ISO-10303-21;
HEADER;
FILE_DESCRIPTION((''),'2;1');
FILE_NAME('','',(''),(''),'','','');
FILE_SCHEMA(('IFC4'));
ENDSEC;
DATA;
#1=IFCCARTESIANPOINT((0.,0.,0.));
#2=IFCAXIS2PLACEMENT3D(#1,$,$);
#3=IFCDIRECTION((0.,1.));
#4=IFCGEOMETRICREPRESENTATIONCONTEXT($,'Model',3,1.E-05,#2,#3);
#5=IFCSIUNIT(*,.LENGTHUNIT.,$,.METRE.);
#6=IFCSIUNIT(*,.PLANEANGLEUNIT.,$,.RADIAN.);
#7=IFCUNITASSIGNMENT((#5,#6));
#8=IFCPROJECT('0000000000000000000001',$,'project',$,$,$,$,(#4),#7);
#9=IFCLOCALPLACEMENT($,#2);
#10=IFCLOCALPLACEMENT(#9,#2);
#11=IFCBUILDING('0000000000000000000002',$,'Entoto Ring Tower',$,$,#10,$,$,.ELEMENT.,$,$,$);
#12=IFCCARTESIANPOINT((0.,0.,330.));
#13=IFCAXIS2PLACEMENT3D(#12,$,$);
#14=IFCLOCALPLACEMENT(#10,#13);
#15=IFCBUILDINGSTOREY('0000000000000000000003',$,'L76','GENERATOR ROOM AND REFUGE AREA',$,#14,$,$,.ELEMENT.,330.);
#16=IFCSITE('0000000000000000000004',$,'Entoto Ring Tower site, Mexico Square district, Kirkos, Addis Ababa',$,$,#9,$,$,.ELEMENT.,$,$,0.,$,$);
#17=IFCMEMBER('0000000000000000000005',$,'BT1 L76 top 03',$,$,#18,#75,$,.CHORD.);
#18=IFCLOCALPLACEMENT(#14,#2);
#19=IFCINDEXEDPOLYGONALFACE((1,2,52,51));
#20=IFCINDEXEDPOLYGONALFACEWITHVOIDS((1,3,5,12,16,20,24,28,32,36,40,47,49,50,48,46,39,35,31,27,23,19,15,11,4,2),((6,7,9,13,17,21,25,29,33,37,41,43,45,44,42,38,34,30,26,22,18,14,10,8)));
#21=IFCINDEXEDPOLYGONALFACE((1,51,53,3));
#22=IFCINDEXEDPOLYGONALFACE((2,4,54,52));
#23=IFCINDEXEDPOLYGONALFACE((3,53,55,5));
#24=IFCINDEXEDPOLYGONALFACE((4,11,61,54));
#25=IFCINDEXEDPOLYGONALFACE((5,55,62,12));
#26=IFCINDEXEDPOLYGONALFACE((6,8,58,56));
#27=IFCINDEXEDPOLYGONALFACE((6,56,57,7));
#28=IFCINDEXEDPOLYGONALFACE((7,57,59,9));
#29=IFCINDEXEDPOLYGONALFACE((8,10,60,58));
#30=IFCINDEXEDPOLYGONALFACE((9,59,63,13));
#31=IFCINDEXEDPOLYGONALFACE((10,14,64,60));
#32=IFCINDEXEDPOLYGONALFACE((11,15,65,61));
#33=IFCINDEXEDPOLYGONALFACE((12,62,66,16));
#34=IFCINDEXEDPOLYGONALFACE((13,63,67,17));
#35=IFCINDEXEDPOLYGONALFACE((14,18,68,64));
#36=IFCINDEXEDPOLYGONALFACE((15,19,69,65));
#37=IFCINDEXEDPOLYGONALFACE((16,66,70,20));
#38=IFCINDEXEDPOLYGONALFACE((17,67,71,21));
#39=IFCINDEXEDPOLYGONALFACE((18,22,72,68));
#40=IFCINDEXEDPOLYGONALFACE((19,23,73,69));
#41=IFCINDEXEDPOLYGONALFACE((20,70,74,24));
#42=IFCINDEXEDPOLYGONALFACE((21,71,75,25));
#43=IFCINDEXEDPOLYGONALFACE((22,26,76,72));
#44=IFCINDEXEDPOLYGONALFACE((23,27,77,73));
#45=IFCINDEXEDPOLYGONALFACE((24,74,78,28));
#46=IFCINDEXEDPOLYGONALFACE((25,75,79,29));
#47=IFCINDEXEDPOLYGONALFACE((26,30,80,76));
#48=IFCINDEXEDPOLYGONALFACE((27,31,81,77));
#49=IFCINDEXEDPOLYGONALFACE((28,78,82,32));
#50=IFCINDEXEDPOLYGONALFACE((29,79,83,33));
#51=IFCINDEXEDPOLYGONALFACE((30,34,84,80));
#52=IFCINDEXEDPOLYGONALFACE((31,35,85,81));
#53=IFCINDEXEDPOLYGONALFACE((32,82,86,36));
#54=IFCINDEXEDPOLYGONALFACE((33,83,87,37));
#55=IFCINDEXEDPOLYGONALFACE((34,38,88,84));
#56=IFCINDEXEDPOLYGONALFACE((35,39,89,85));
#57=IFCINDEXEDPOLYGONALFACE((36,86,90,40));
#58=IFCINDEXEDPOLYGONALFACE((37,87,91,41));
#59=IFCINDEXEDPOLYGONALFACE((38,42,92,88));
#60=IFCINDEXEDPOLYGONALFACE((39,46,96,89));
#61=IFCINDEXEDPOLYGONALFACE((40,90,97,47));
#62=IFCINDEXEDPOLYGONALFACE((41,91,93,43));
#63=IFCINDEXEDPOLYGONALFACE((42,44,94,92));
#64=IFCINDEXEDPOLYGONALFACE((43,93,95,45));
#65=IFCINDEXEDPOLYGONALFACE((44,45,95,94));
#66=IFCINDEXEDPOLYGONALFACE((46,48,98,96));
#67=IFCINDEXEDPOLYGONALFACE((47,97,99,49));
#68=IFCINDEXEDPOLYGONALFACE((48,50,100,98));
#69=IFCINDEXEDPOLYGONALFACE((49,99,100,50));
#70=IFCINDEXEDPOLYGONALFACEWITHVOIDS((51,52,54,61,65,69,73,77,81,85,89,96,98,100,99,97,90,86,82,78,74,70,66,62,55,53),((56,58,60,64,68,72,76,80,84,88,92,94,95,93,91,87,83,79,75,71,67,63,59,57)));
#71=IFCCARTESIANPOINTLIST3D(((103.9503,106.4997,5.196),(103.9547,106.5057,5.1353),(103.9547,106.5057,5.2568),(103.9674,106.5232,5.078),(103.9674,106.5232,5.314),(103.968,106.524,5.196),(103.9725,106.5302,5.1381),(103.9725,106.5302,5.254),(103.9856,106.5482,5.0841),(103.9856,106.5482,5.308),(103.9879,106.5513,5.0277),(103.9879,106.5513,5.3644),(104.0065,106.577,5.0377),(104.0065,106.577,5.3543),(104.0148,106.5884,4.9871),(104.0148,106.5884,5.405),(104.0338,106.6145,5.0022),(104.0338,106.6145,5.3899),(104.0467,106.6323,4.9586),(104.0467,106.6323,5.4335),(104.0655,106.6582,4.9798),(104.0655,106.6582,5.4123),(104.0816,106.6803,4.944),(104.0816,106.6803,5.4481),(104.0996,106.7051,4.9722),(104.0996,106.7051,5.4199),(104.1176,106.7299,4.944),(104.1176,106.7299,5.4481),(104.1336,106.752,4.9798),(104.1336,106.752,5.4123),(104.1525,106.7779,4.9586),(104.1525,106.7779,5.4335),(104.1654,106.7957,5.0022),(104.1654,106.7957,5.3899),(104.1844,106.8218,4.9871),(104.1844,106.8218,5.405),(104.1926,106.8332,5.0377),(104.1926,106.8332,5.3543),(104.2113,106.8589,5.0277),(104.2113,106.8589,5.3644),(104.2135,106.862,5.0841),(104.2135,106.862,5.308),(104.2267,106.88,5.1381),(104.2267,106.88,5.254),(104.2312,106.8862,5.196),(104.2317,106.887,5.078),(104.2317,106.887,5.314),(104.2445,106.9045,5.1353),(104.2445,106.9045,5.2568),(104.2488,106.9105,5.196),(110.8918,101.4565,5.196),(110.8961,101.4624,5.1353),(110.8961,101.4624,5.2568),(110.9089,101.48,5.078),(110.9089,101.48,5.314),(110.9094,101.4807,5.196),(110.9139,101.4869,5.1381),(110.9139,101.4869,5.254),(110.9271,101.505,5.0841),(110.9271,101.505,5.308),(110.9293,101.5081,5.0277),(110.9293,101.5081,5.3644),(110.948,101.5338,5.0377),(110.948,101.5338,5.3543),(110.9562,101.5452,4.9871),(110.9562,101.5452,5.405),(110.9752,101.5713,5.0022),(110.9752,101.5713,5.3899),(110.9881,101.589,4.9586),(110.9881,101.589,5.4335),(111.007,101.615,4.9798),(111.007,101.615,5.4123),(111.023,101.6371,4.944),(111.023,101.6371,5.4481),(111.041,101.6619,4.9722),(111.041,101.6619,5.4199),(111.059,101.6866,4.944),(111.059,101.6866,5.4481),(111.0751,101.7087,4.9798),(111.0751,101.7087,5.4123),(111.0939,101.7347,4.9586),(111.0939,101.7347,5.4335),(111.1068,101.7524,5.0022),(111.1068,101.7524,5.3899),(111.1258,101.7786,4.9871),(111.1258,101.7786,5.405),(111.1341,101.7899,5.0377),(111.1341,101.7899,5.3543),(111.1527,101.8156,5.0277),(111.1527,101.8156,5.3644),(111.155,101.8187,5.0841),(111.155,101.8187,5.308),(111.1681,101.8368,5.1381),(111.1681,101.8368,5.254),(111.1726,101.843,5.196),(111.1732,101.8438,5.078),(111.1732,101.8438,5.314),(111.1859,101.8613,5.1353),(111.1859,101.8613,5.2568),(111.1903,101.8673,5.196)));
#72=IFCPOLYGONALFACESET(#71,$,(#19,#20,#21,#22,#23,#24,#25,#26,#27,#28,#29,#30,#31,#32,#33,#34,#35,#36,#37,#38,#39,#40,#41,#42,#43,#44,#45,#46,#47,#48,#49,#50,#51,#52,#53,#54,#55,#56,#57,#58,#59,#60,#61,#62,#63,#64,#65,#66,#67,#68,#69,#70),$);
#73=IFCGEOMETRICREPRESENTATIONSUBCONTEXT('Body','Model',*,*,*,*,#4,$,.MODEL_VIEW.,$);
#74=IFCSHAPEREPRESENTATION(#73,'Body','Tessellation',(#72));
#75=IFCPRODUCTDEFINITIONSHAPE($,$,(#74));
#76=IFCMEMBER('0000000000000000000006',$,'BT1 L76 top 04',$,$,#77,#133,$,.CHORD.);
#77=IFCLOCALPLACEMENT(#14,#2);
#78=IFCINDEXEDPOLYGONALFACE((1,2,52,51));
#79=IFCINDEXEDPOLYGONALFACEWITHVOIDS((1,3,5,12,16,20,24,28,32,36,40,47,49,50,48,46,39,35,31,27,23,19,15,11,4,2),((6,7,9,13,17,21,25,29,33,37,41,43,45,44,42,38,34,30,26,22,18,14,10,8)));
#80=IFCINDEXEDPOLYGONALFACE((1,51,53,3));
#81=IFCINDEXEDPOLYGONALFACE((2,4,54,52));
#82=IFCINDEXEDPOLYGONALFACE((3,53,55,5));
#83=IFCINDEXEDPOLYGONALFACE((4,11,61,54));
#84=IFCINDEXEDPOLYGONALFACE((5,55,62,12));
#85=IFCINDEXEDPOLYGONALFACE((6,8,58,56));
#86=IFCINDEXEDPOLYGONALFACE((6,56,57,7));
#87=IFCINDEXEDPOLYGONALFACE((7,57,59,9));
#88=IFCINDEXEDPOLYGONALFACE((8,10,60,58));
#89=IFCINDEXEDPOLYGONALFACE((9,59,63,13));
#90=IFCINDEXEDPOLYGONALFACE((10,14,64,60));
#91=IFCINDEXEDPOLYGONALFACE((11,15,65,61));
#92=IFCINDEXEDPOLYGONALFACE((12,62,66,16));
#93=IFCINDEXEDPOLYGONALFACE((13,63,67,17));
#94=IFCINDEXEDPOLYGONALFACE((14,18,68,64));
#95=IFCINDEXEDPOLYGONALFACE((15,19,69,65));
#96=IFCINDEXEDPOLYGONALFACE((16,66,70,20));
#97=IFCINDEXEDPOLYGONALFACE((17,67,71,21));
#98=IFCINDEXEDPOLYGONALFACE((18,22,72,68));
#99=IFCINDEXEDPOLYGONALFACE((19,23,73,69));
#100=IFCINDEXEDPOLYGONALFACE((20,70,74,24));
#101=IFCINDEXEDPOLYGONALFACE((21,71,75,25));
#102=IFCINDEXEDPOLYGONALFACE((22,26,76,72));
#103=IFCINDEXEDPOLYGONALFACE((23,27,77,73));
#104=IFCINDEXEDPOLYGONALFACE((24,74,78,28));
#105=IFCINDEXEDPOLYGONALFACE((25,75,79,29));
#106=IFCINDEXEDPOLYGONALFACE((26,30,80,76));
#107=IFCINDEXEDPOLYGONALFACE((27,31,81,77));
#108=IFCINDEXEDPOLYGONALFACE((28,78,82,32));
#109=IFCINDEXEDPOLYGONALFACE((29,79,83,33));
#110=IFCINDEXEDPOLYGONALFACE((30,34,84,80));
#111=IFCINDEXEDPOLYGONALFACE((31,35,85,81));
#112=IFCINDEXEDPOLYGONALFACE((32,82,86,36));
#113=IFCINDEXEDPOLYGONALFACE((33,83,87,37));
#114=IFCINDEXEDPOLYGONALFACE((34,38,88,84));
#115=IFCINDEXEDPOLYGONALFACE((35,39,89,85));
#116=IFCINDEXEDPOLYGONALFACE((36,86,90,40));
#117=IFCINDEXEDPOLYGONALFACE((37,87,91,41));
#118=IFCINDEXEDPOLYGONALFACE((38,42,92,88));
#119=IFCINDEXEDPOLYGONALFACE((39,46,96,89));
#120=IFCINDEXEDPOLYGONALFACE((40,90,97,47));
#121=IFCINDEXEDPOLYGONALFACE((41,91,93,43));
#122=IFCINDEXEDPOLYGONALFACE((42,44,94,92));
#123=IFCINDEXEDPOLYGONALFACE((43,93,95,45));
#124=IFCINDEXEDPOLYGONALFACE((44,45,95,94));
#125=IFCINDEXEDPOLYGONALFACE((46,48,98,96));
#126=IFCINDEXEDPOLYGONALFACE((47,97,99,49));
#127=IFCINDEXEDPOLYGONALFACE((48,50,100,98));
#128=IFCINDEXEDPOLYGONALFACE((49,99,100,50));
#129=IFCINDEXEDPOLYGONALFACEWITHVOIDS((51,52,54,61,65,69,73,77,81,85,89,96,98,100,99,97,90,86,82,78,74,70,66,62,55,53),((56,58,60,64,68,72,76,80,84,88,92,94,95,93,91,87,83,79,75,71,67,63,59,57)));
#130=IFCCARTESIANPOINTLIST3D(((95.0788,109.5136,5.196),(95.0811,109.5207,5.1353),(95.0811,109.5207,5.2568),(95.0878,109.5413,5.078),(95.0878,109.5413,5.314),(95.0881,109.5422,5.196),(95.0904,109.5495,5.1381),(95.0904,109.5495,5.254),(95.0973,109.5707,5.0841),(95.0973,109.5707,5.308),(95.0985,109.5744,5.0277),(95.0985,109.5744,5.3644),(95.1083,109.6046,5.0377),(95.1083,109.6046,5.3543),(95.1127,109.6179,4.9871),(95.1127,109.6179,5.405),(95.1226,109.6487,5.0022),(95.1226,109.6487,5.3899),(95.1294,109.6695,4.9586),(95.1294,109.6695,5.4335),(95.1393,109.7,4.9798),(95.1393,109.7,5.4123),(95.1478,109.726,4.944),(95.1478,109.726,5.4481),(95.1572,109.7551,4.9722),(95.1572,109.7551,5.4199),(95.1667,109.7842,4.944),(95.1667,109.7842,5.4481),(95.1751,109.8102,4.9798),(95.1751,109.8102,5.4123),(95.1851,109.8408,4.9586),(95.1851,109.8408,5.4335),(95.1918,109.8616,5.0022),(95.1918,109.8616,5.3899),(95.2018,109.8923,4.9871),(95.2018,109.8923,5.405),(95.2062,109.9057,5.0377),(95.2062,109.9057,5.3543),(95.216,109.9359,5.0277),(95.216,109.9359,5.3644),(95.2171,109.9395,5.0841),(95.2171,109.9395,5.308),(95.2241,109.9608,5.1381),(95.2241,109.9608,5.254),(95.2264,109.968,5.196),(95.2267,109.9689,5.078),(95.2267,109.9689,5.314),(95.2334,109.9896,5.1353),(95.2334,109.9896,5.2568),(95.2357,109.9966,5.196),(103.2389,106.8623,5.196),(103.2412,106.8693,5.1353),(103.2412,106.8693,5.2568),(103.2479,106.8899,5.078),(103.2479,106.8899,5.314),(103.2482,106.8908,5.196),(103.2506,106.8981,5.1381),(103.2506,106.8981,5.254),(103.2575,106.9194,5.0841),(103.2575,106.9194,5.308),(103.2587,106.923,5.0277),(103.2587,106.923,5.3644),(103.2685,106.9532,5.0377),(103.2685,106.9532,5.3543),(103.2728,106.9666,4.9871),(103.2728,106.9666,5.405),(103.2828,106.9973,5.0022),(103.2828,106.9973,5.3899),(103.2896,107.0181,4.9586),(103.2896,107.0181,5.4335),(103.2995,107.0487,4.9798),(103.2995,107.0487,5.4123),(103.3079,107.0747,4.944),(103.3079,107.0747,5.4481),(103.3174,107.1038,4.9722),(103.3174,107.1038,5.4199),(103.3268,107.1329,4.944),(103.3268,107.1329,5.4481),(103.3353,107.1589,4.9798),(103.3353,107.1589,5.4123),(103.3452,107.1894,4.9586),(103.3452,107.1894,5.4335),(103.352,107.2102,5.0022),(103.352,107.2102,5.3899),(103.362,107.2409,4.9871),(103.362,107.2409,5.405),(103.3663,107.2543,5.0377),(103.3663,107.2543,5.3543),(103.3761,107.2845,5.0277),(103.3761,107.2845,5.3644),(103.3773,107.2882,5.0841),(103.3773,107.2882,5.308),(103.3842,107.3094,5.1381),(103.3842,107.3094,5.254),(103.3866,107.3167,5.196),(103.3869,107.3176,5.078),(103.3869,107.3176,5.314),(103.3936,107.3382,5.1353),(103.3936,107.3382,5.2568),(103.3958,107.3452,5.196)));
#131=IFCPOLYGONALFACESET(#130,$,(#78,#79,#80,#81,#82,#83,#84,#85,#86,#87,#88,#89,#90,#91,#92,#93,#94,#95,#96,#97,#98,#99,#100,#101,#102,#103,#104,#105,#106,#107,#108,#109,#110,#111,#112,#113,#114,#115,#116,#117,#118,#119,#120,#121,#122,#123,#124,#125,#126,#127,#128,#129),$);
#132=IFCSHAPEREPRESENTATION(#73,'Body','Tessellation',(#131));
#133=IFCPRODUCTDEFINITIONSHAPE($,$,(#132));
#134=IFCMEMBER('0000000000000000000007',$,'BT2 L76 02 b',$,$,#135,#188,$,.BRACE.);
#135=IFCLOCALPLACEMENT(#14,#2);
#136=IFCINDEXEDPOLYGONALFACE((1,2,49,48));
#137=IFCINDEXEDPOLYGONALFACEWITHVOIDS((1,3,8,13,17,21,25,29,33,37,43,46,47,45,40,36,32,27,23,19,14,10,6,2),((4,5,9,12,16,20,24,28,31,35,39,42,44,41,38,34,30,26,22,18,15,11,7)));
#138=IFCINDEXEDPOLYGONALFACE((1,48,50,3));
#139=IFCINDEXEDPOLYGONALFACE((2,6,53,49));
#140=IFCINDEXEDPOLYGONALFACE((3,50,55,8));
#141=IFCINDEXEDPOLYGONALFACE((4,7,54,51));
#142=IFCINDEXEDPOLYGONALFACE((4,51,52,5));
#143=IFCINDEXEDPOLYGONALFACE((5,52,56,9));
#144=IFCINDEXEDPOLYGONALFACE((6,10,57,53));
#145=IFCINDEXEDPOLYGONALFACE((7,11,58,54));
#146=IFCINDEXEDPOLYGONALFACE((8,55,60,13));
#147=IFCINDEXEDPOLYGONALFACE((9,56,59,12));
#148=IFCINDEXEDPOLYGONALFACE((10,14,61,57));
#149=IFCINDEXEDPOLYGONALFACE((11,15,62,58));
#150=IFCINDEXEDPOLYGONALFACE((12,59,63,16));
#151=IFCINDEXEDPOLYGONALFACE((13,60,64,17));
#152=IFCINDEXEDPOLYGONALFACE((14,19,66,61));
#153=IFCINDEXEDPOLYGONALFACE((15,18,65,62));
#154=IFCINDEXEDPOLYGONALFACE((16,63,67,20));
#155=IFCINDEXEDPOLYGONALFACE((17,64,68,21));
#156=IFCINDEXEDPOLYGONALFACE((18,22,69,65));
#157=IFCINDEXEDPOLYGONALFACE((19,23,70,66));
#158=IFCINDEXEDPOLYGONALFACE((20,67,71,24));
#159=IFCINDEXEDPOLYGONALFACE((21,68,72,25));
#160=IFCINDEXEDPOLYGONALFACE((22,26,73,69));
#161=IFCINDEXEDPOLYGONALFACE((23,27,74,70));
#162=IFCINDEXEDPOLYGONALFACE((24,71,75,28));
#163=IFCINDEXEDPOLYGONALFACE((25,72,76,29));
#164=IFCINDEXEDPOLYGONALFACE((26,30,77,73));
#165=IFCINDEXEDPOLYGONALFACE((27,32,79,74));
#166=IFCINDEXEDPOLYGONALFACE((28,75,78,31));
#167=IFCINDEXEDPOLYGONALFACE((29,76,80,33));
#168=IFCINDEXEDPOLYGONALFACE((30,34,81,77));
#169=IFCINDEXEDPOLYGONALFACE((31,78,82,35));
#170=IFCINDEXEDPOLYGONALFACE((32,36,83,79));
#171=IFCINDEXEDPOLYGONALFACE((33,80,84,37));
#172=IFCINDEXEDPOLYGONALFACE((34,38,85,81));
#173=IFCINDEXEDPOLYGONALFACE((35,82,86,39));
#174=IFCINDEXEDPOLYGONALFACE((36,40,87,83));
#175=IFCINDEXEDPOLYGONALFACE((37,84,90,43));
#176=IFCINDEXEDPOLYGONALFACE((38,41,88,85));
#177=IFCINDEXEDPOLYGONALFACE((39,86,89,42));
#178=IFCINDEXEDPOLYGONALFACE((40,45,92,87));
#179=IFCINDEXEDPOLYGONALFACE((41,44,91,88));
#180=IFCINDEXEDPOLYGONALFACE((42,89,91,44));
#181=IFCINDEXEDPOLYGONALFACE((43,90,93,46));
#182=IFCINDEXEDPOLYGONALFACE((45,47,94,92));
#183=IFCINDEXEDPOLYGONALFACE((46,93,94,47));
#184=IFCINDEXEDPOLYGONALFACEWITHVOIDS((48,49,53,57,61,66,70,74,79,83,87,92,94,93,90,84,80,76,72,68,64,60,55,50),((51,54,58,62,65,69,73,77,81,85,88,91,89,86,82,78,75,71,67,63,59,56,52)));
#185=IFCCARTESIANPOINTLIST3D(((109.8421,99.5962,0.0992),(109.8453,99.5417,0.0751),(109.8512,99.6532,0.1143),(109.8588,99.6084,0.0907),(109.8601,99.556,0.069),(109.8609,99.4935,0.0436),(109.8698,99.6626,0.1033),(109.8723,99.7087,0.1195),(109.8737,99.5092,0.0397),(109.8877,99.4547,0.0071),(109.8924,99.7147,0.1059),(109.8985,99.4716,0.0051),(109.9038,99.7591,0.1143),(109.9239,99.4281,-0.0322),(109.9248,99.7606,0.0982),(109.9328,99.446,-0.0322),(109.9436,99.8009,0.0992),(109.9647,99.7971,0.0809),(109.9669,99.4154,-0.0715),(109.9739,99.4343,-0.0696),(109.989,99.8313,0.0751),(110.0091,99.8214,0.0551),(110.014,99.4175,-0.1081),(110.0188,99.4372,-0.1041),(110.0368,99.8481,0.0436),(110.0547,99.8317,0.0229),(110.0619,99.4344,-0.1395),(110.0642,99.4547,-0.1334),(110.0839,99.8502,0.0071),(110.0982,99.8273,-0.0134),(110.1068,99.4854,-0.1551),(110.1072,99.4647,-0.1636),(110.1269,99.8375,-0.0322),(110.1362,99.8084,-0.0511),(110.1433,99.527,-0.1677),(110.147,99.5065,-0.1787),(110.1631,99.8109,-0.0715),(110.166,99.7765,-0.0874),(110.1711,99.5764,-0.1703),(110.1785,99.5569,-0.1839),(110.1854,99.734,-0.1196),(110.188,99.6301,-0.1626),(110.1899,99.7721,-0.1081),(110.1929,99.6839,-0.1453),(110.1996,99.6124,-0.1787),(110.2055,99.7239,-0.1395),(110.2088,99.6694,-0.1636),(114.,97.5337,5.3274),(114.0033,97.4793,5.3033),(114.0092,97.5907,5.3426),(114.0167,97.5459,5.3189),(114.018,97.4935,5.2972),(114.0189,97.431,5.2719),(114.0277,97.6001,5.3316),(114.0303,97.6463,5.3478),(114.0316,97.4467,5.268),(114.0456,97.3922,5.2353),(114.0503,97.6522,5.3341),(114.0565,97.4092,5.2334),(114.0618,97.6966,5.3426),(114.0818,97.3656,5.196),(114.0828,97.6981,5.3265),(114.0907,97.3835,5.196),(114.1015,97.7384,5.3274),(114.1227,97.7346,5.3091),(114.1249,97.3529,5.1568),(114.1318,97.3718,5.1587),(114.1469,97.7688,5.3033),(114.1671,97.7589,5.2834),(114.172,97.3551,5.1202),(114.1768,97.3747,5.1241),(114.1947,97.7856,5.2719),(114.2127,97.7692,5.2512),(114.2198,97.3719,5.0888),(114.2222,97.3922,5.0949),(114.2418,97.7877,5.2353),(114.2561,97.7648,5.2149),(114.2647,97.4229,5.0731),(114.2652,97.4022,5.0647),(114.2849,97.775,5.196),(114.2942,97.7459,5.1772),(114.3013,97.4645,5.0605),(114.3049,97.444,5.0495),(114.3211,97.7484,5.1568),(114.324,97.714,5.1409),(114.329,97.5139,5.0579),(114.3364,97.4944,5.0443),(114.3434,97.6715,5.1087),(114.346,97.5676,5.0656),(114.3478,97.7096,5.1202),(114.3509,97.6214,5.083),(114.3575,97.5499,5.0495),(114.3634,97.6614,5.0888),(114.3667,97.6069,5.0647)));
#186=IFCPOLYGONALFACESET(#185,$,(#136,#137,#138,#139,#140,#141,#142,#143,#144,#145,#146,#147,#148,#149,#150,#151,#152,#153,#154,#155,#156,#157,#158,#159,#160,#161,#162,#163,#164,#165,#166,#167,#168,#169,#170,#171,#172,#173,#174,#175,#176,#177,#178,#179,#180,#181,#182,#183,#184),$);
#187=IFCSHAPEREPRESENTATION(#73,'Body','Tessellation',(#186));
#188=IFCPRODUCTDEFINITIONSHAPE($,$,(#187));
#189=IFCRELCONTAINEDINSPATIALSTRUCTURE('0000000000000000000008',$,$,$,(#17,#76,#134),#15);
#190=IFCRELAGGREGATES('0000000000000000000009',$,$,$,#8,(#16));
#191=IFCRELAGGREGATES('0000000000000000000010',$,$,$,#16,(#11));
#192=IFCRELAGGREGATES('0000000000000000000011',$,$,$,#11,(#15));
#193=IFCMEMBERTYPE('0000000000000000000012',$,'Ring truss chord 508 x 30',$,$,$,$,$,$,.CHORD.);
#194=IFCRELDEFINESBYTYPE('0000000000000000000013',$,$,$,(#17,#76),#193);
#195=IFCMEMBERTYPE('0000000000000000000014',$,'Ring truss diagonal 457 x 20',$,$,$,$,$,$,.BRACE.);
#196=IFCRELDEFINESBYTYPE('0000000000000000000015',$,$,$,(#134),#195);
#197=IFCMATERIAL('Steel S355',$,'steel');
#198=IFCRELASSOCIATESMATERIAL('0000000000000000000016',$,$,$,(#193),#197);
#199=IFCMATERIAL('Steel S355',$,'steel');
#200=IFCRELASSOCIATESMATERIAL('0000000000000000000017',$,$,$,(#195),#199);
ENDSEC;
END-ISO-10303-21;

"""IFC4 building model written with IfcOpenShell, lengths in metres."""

from ifc_helpers import new_model, si_unit, direction, frame, origin, origin_2d, place, context, subcontext, project, spatial, circle, hollow_circle, extrude, material, material_profile, profile_set, type_object, element, save


model = new_model("IFC4")

# Units and contexts
model_context = context("Model", 3, precision=1e-05, world=origin(), true_north=direction((0.0, 1.0)))
body_context = subcontext(model_context, "Body", "Model", "MODEL_VIEW")
ifc_project = project(units=[si_unit("LENGTHUNIT", "METRE"), si_unit("PLANEANGLEUNIT", "RADIAN")], contexts=[model_context])

# Site, building, storey
site_placement = place(None, origin())
site = spatial("IfcSite", under=ifc_project, at=site_placement, Name="Entoto Ring Tower site, Mexico Square district, Kirkos, Addis Ababa", CompositionType="ELEMENT", RefElevation=0.0)
building_placement = place(site_placement, origin())
building = spatial("IfcBuilding", under=site, at=building_placement, Name="Entoto Ring Tower", CompositionType="ELEMENT")
storey_placement = place(building_placement, frame((0.0, 0.0, 330.0)))
storey = spatial("IfcBuildingStorey", under=building, at=storey_placement, Name="L76", Description="GENERATOR ROOM AND REFUGE AREA", CompositionType="ELEMENT", Elevation=330.0)

# Members
ifc_material_1 = material(Name="Steel S355", Category="steel")
ifc_material_profile_1 = material_profile(ifc_material_1, hollow_circle(Radius=0.2539, WallThickness=0.03, at=origin_2d()), Name="CHS 508 x 30")
ifc_material_2 = material(Name="Concrete C60/75", Category="concrete")
ifc_material_profile_2 = material_profile(ifc_material_2, circle(Radius=0.2241, at=origin_2d()), Name="Concrete C60/75 infill")
ifc_profile_set_1 = profile_set([ifc_material_profile_1, ifc_material_profile_2], Name="Steel S355")
member_type_1 = type_object("IfcMemberType", Name="Ring truss chord 508 x 30", PredefinedType="CHORD", material=ifc_profile_set_1)
for number, where, z_axis, x_axis, name in (
    (1, (111.041, 101.6619, 5.196), (-0.809018, 0.587784, 0.0), (-0.587784, -0.809018, 0.0), "BT1 L76 top 03"),
    (2, (103.3174, 107.1038, 5.196), (-0.951057, 0.309014, 0.0), (-0.309014, -0.951057, 0.0), "BT1 L76 top 04"),
):
    element("IfcMember", number, at=place(storey_placement, frame(where, z_axis=z_axis, x_axis=x_axis)), inside=storey, type_object=member_type_1, Name=name, PredefinedType="CHORD", context=body_context, shape_type="SweptSolid", body=[
        extrude(hollow_circle(Radius=0.2539, WallThickness=0.03, at=origin_2d()), origin(), (0.0, 0.0, 1.0), 8.5801),
    ])
ifc_material_3 = material(Name="Steel S355", Category="steel")
ifc_material_profile_3 = material_profile(ifc_material_3, hollow_circle(Radius=0.2285, WallThickness=0.02, at=origin_2d()), Name="CHS 457 x 20")
ifc_material_4 = material(Name="Concrete C60/75", Category="concrete")
ifc_material_profile_4 = material_profile(ifc_material_4, circle(Radius=0.2085, at=origin_2d()), Name="Concrete C60/75 infill")
ifc_profile_set_2 = profile_set([ifc_material_profile_3, ifc_material_profile_4], Name="Steel S355")
member_type_2 = type_object("IfcMemberType", Name="Ring truss diagonal 457 x 20", PredefinedType="BRACE", material=ifc_profile_set_2)
for number, where, z_axis, x_axis, name in (
    (3, (114.1833, 97.5703, 5.196), (-0.594739, 0.295012, -0.747832), (-0.444371, -0.895843, 0.0), "BT2 L76 02 b"),
):
    element("IfcMember", number, at=place(storey_placement, frame(where, z_axis=z_axis, x_axis=x_axis)), inside=storey, type_object=member_type_2, Name=name, PredefinedType="BRACE", context=body_context, shape_type="SweptSolid", body=[
        extrude(hollow_circle(Radius=0.2285, WallThickness=0.02, at=origin_2d()), origin(), (0.0, 0.0, 1.0), 6.9912),
    ])

save(model, "model.ifc")
